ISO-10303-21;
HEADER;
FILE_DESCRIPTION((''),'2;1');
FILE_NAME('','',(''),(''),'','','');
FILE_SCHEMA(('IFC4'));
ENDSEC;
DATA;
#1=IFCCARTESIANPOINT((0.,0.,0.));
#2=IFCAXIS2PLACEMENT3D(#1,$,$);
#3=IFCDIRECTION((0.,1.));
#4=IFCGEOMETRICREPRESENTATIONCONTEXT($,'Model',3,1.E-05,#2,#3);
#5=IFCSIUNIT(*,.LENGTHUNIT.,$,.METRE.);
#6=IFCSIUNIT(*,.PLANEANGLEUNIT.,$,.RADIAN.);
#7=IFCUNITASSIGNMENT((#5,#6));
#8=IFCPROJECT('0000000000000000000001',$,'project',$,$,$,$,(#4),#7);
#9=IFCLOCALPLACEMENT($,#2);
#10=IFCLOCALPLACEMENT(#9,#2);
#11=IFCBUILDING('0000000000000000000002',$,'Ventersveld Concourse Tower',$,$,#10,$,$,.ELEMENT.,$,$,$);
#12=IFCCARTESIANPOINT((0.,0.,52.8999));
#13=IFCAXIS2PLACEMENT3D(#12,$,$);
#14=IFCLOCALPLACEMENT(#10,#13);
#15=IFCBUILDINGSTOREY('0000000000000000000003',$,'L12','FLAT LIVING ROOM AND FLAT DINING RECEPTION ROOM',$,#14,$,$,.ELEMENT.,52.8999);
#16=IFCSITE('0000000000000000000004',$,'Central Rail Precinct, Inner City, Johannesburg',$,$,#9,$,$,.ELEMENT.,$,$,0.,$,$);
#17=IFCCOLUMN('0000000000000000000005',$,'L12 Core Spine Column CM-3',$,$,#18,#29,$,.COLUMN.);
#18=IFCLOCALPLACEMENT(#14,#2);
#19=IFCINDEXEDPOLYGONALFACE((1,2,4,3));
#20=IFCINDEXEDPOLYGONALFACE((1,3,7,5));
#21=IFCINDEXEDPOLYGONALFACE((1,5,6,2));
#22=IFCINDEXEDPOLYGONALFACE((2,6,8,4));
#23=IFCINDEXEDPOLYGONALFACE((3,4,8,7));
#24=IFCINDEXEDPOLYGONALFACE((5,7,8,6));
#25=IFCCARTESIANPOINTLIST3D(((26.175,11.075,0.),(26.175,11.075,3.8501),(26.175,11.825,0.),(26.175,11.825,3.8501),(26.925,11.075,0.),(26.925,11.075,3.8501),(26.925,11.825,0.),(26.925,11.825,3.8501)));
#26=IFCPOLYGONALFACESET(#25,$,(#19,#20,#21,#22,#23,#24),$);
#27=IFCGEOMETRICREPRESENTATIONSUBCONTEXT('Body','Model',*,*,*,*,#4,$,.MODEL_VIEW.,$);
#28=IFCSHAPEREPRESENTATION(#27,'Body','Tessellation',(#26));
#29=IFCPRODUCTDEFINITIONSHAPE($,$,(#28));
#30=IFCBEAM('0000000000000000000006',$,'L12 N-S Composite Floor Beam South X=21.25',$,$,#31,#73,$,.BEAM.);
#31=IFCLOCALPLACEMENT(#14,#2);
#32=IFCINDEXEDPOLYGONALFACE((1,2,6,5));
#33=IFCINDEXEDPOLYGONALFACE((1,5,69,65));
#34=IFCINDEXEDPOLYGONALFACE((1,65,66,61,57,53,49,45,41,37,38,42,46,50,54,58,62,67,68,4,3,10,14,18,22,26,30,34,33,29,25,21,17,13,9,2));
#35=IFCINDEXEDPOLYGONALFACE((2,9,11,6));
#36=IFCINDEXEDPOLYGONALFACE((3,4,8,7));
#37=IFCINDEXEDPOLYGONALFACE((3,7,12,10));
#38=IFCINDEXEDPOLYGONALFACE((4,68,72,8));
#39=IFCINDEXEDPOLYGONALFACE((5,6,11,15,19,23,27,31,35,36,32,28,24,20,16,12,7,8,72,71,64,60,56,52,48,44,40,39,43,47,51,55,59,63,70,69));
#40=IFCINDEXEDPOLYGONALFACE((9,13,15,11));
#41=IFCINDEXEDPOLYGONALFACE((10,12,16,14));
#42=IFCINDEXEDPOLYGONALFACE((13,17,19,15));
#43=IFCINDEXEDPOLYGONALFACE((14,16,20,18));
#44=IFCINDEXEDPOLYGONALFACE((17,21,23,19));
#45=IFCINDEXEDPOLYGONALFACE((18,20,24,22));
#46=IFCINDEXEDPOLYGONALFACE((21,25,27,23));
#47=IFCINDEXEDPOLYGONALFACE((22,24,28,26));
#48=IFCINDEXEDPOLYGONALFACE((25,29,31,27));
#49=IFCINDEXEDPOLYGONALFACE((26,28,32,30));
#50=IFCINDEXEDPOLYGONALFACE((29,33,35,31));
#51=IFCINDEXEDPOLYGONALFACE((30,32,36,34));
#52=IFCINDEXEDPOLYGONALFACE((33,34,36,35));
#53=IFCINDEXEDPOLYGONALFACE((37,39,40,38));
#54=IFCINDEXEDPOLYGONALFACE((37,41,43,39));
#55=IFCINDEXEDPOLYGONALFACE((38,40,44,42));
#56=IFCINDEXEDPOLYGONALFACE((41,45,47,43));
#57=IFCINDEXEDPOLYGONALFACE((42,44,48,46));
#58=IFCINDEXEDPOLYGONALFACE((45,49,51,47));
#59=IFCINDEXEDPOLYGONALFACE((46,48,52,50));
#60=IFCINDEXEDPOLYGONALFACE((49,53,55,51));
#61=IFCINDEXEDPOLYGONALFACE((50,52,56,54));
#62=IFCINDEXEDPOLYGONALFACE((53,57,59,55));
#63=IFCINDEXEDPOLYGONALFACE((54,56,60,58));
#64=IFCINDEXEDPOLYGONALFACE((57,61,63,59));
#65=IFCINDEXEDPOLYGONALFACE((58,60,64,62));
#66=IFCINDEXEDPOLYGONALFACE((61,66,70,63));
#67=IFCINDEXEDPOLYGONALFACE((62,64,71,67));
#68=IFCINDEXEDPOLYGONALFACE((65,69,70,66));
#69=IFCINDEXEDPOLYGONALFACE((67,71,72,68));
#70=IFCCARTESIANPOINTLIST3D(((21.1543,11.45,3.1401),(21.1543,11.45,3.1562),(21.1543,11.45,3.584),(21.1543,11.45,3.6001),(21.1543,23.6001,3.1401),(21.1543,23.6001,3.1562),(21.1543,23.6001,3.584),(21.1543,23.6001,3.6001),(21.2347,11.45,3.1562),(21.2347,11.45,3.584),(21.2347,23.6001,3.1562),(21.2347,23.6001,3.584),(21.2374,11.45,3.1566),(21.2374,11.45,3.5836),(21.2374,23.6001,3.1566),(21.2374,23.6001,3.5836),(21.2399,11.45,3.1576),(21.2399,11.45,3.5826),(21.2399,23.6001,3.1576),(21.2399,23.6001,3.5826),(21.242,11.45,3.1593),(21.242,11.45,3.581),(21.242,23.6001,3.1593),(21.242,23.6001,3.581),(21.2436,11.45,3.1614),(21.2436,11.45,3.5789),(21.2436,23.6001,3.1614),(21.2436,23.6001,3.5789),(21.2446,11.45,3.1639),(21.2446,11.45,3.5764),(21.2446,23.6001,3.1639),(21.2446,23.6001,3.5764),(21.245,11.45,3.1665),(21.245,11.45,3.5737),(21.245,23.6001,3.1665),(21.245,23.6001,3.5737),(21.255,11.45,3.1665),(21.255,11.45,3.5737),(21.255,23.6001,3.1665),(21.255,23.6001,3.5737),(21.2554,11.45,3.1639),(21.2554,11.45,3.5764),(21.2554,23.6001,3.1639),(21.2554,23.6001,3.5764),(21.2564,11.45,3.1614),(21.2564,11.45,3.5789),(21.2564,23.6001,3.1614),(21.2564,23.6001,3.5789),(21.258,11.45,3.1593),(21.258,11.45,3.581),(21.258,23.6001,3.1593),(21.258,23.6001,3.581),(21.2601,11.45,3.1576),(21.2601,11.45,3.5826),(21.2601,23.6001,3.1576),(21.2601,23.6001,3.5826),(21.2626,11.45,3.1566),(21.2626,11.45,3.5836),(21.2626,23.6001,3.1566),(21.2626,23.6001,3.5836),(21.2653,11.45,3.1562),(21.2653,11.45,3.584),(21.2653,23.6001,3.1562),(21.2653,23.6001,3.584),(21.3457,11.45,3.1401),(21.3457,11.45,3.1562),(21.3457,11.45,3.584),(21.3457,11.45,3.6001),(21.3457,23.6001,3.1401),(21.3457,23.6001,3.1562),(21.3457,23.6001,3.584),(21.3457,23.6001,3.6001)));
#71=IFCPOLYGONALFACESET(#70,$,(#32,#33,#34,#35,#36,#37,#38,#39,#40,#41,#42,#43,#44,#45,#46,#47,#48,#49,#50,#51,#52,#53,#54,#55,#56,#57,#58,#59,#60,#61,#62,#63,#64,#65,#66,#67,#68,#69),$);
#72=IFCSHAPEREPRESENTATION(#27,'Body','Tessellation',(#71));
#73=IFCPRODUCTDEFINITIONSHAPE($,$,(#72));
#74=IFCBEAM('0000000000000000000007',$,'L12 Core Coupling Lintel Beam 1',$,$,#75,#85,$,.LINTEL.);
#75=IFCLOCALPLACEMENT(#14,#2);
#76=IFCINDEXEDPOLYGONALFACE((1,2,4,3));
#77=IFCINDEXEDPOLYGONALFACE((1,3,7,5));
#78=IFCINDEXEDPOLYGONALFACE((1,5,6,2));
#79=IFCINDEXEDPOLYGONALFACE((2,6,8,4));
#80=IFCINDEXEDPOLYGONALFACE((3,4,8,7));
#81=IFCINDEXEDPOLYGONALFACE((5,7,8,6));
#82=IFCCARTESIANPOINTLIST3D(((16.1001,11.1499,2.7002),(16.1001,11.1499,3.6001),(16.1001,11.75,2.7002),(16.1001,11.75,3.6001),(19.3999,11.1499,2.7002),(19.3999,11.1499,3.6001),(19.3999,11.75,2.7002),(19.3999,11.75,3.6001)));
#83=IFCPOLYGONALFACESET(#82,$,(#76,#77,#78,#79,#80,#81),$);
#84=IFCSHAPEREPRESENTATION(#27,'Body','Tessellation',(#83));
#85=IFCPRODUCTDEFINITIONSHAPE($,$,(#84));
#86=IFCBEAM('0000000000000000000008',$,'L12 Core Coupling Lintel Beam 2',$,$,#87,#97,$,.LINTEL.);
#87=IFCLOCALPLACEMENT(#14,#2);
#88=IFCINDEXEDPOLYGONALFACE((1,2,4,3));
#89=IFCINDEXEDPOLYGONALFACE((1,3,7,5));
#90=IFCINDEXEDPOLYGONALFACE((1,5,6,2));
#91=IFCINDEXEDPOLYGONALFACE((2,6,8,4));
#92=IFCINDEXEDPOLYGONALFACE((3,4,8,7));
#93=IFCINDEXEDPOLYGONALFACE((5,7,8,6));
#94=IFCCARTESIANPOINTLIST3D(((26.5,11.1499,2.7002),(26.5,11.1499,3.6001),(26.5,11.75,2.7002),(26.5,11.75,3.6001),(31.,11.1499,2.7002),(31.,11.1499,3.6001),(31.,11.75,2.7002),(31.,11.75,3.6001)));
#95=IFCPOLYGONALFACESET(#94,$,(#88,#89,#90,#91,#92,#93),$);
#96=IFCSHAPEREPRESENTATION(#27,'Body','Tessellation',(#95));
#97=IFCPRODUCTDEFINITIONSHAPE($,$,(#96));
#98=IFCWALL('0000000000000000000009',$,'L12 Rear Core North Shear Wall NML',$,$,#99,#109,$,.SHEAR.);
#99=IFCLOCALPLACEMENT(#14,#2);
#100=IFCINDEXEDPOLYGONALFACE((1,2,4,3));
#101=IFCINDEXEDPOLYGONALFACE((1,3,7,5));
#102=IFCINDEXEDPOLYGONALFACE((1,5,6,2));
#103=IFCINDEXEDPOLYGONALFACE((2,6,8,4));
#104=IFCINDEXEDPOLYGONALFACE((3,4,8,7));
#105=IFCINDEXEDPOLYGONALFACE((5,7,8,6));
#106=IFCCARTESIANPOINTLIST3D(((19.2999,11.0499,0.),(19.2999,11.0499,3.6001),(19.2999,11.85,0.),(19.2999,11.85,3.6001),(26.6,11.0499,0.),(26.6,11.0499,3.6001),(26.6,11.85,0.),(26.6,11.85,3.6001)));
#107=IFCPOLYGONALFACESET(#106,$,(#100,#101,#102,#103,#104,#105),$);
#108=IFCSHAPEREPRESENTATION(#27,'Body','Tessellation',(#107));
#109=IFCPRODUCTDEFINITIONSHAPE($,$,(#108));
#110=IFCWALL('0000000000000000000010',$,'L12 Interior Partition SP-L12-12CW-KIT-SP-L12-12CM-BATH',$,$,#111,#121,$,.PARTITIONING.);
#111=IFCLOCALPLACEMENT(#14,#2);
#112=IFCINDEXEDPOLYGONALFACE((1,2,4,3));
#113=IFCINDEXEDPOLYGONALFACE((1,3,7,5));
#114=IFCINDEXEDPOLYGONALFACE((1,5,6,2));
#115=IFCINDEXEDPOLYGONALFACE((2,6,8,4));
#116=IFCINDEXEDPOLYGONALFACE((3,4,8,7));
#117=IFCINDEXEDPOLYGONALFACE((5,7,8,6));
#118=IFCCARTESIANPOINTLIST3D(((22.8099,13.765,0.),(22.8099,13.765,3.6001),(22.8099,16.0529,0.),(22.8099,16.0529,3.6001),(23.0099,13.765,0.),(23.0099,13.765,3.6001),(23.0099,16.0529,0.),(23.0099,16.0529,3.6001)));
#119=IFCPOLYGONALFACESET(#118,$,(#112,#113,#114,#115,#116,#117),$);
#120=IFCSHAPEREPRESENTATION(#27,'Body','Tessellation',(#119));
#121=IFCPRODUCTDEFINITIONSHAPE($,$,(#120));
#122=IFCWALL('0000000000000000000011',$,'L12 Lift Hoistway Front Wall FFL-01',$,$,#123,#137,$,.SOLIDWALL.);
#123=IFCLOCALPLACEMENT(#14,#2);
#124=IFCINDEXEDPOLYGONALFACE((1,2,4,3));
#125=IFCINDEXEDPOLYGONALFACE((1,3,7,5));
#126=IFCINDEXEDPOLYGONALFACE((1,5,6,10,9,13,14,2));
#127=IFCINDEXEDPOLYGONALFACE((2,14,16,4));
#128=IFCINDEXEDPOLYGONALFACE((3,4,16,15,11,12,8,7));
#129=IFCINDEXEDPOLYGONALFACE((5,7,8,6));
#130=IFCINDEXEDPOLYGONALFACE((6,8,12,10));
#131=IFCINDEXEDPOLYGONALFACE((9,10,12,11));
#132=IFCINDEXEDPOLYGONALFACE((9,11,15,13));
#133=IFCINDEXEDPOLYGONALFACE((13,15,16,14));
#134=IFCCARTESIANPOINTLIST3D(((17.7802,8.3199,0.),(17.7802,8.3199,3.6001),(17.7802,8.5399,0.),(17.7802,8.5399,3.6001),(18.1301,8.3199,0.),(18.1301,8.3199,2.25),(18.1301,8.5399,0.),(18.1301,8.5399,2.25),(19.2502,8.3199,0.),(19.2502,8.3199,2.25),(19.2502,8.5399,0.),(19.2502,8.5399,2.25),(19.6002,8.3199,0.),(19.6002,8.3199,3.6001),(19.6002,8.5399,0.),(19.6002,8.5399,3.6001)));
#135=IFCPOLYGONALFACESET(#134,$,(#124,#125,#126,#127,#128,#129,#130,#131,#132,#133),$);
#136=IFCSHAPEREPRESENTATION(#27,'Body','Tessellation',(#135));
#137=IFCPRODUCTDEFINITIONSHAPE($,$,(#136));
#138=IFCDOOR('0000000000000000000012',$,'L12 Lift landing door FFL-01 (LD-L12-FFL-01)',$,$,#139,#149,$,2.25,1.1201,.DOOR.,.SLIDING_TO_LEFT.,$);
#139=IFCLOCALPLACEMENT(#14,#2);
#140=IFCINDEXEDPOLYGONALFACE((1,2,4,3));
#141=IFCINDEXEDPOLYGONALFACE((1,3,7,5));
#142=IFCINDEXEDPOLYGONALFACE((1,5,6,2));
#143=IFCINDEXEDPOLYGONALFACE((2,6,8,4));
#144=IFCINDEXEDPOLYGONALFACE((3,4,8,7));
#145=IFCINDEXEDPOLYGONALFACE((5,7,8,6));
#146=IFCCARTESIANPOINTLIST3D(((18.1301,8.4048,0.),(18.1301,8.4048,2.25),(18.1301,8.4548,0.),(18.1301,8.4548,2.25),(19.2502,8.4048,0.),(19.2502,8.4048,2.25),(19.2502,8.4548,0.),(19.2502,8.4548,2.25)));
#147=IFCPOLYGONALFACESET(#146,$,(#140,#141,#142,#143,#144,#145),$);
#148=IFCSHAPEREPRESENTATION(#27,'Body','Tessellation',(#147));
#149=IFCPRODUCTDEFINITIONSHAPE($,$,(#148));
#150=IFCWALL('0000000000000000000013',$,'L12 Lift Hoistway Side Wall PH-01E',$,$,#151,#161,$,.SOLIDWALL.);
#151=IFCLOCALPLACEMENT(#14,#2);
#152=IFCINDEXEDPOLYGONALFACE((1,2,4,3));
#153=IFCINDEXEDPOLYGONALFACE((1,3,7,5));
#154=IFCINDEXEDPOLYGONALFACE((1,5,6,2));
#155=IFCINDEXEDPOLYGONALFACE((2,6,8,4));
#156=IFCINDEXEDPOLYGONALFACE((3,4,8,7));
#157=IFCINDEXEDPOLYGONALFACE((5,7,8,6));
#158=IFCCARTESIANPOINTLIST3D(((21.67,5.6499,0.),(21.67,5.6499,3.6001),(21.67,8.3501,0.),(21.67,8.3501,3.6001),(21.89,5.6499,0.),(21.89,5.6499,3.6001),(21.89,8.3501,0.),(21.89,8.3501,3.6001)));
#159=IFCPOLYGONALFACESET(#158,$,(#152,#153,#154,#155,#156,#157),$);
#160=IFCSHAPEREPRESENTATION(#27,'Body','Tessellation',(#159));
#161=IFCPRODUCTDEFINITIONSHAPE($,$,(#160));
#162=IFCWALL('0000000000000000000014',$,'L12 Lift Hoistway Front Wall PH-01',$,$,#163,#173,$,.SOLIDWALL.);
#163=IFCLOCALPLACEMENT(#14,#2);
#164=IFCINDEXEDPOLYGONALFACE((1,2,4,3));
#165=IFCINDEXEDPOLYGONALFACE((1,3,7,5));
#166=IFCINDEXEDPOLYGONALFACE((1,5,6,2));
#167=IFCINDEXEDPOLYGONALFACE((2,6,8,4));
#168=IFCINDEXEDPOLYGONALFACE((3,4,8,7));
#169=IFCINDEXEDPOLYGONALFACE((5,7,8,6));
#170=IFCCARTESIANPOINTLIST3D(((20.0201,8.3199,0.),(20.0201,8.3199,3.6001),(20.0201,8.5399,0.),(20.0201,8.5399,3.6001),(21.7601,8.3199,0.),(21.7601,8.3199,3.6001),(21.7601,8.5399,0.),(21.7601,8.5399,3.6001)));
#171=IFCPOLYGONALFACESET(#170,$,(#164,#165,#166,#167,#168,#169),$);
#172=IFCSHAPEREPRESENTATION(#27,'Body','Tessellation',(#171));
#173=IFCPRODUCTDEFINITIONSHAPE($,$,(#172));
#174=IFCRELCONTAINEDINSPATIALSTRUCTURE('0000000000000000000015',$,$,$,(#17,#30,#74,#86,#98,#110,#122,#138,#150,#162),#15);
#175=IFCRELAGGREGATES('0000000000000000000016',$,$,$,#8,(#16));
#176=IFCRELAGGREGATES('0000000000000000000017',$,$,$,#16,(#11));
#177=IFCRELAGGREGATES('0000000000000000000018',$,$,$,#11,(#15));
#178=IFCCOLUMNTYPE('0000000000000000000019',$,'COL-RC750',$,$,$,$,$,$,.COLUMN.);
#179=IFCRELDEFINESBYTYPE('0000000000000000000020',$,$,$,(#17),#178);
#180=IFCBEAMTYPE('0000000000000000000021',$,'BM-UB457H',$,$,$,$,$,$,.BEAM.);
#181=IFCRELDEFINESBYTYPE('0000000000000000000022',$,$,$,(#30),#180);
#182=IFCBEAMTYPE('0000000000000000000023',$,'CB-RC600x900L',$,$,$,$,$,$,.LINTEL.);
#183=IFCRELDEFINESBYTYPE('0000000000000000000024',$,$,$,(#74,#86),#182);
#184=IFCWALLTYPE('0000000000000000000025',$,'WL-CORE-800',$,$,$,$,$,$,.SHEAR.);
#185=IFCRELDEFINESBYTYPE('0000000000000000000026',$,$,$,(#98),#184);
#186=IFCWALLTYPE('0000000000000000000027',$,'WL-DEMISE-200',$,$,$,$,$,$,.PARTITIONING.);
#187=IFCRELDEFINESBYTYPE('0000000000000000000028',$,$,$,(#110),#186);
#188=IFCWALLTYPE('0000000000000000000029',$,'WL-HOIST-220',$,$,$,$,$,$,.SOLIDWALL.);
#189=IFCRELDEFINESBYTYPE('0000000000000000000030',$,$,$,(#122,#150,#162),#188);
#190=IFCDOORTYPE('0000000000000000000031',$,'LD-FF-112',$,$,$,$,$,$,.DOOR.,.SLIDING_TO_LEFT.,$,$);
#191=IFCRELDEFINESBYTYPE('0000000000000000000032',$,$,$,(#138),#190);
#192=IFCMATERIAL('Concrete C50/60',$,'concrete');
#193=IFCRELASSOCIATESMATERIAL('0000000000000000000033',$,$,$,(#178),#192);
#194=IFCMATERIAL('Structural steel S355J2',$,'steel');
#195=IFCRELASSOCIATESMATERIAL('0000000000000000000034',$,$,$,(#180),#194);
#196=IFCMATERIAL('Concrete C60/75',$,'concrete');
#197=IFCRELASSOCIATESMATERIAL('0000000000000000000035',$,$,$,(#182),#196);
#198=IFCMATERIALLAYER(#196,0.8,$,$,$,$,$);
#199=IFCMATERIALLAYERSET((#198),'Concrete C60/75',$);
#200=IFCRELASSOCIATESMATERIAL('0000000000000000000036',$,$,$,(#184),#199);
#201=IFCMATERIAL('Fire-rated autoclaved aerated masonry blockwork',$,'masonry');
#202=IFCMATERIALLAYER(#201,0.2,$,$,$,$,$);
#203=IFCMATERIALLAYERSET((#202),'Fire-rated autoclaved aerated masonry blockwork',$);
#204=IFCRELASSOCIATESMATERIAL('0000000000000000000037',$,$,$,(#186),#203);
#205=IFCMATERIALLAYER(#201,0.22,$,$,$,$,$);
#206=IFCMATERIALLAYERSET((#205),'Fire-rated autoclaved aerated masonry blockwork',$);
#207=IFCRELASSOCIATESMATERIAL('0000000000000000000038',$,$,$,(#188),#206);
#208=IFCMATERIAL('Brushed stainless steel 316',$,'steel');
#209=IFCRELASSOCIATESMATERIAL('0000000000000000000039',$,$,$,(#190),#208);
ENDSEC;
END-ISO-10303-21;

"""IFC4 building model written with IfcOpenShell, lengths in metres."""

from ifc_helpers import new_model, si_unit, direction, frame, frame_2d, origin, origin_2d, place, context, subcontext, project, spatial, rectangle, i_section, extrude, material, layer, layer_set, material_profile, profile_set, type_object, element, fill, save


model = new_model("IFC4")

# Units and contexts
model_context = context("Model", 3, precision=1e-05, world=origin(), true_north=direction((0.0, 1.0)))
body_context = subcontext(model_context, "Body", "Model", "MODEL_VIEW")
ifc_project = project(units=[si_unit("LENGTHUNIT", "METRE"), si_unit("PLANEANGLEUNIT", "RADIAN")], contexts=[model_context])

# Site, building, storey
site_placement = place(None, origin())
site = spatial("IfcSite", under=ifc_project, at=site_placement, Name="Central Rail Precinct, Inner City, Johannesburg", CompositionType="ELEMENT", RefElevation=0.0)
building_placement = place(site_placement, origin())
building = spatial("IfcBuilding", under=site, at=building_placement, Name="Ventersveld Concourse Tower", CompositionType="ELEMENT")
storey_placement = place(building_placement, frame((0.0, 0.0, 52.8999)))
storey = spatial("IfcBuildingStorey", under=building, at=storey_placement, Name="L12", Description="FLAT LIVING ROOM AND FLAT DINING RECEPTION ROOM", CompositionType="ELEMENT", Elevation=52.8999)

# Column
ifc_material_1 = material(Name="Concrete C50/60", Category="concrete")
ifc_material_profile_1 = material_profile(ifc_material_1, rectangle(XDim=0.75, YDim=0.75, at=origin_2d()), Name="RC 750x750")
ifc_profile_set_1 = profile_set([ifc_material_profile_1], Name="Concrete C50/60")
column_type = type_object("IfcColumnType", Name="COL-RC750", PredefinedType="COLUMN", material=ifc_profile_set_1)
column_placement = place(storey_placement, frame((26.55, 11.45, 0.0), z_axis=(0.0, 0.0, 1.0), x_axis=(1.0, 0.0, 0.0)))
element("IfcColumn", 1, at=column_placement, inside=storey, type_object=column_type, Name="L12 Core Spine Column CM-3", PredefinedType="COLUMN", context=body_context, shape_type="SweptSolid", body=[
    extrude(rectangle(XDim=0.75, YDim=0.75, at=origin_2d()), origin(), (0.0, 0.0, 1.0), 3.8501),
])

# Beams
ifc_material_2 = material(Name="Structural steel S355J2", Category="steel")
ifc_material_profile_2 = material_profile(ifc_material_2, i_section(OverallWidth=0.1914, OverallDepth=0.46, WebThickness=0.01, FlangeThickness=0.0161, FilletRadius=0.0103, at=origin_2d()), Name="UB 457x191x82")
ifc_profile_set_2 = profile_set([ifc_material_profile_2], Name="Structural steel S355J2")
beam_type_1 = type_object("IfcBeamType", Name="BM-UB457H", PredefinedType="BEAM", material=ifc_profile_set_2)
beam_1_placement = place(storey_placement, frame((21.25, 11.45, 3.3701), z_axis=(0.0, 1.0, 0.0), x_axis=(-1.0, 0.0, 0.0)))
element("IfcBeam", 2, at=beam_1_placement, inside=storey, type_object=beam_type_1, Name="L12 N-S Composite Floor Beam South X=21.25", PredefinedType="BEAM", context=body_context, shape_type="SweptSolid", body=[
    extrude(i_section(OverallWidth=0.1914, OverallDepth=0.46, WebThickness=0.01, FlangeThickness=0.0161, FilletRadius=0.0103, at=origin_2d()), origin(), (0.0, 0.0, 1.0), 12.1501),
])
ifc_material_3 = material(Name="Concrete C60/75", Category="concrete")
ifc_material_profile_3 = material_profile(ifc_material_3, rectangle(XDim=0.6001, YDim=0.8999, at=origin_2d()), Name="RC 600x900")
ifc_profile_set_3 = profile_set([ifc_material_profile_3], Name="Concrete C60/75")
beam_type_2 = type_object("IfcBeamType", Name="CB-RC600x900L", PredefinedType="LINTEL", material=ifc_profile_set_3)
beam_2_placement = place(storey_placement, frame((16.1001, 11.45, 3.1501), z_axis=(1.0, 0.0, 0.0), x_axis=(0.0, 1.0, 0.0)))
element("IfcBeam", 3, at=beam_2_placement, inside=storey, type_object=beam_type_2, Name="L12 Core Coupling Lintel Beam 1", PredefinedType="LINTEL", context=body_context, shape_type="SweptSolid", body=[
    extrude(rectangle(XDim=0.6001, YDim=0.8999, at=origin_2d()), origin(), (0.0, 0.0, 1.0), 3.2998),
])
beam_3_placement = place(storey_placement, frame((26.5, 11.45, 3.1501), z_axis=(1.0, 0.0, 0.0), x_axis=(0.0, 1.0, 0.0)))
element("IfcBeam", 4, at=beam_3_placement, inside=storey, type_object=beam_type_2, Name="L12 Core Coupling Lintel Beam 2", PredefinedType="LINTEL", context=body_context, shape_type="SweptSolid", body=[
    extrude(rectangle(XDim=0.6001, YDim=0.8999, at=origin_2d()), origin(), (0.0, 0.0, 1.0), 4.5),
])

# Walls
ifc_layer_1 = layer(ifc_material_3, 0.8)
ifc_layer_set_1 = layer_set([ifc_layer_1], Name="Concrete C60/75")
wall_type_1 = type_object("IfcWallType", Name="WL-CORE-800", PredefinedType="SHEAR", material=ifc_layer_set_1)
wall_1_placement = place(storey_placement, frame((19.3, 11.45, 0.0), z_axis=(0.0, 0.0, 1.0), x_axis=(1.0, 0.0, 0.0)))
element("IfcWall", 5, at=wall_1_placement, inside=storey, type_object=wall_type_1, Name="L12 Rear Core North Shear Wall NML", PredefinedType="SHEAR", context=body_context, shape_type="SweptSolid", body=[
    extrude(rectangle(XDim=7.3, YDim=0.8, at=frame_2d((3.6499, 0.0))), origin(), (0.0, 0.0, 1.0), 3.6001),
])
ifc_material_4 = material(Name="Fire-rated autoclaved aerated masonry blockwork", Category="masonry")
ifc_layer_2 = layer(ifc_material_4, 0.2)
ifc_layer_set_2 = layer_set([ifc_layer_2], Name="Fire-rated autoclaved aerated masonry blockwork")
wall_type_2 = type_object("IfcWallType", Name="WL-DEMISE-200", PredefinedType="PARTITIONING", material=ifc_layer_set_2)
wall_2_placement = place(storey_placement, frame((22.9099, 13.7649, 0.0), z_axis=(0.0, 0.0, 1.0), x_axis=(0.0, 1.0, 0.0)))
element("IfcWall", 6, at=wall_2_placement, inside=storey, type_object=wall_type_2, Name="L12 Interior Partition SP-L12-12CW-KIT-SP-L12-12CM-BATH", PredefinedType="PARTITIONING", context=body_context, shape_type="SweptSolid", body=[
    extrude(rectangle(XDim=2.2878, YDim=0.2, at=frame_2d((1.144, 0.0))), origin(), (0.0, 0.0, 1.0), 3.6001),
])

# Wall, opening, door
ifc_layer_3 = layer(ifc_material_4, 0.22)
ifc_layer_set_3 = layer_set([ifc_layer_3], Name="Fire-rated autoclaved aerated masonry blockwork")
wall_type_3 = type_object("IfcWallType", Name="WL-HOIST-220", PredefinedType="SOLIDWALL", material=ifc_layer_set_3)
wall_3_placement = place(storey_placement, frame((17.78, 8.4299, 0.0), z_axis=(0.0, 0.0, 1.0), x_axis=(1.0, 0.0, 0.0)))
wall_3 = element("IfcWall", 7, at=wall_3_placement, inside=storey, type_object=wall_type_3, Name="L12 Lift Hoistway Front Wall FFL-01", PredefinedType="SOLIDWALL", context=body_context, shape_type="SweptSolid", body=[
    extrude(rectangle(XDim=1.8201, YDim=0.22, at=frame_2d((0.9102, 0.0))), origin(), (0.0, 0.0, 1.0), 3.6001),
])
opening_1_placement = place(wall_3_placement, frame((0.3501, 0.0, 0.0)))
opening_1 = element("IfcOpeningElement", 8, at=opening_1_placement, cuts=wall_3, PredefinedType="OPENING", context=body_context, shape_type="SweptSolid", body=[
    extrude(rectangle(XDim=1.1201, YDim=2.25, at=frame_2d((0.5601, 1.125))), frame((0.0, 0.1201, 0.0), z_axis=(0.0, -1.0, 0.0), x_axis=(1.0, 0.0, 0.0)), (0.0, 0.0, 1.0), 0.24),
])
ifc_material_5 = material(Name="Brushed stainless steel 316", Category="steel")
door_type_1 = type_object("IfcDoorType", Name="LD-FF-112", OperationType="SLIDING_TO_LEFT", PredefinedType="DOOR", material=ifc_material_5)
door_1_placement = place(opening_1_placement, origin())
door_1 = element("IfcDoor", 9, at=door_1_placement, inside=storey, type_object=door_type_1, Name="L12 Lift landing door FFL-01 (LD-L12-FFL-01)", OperationType="SLIDING_TO_LEFT", OverallHeight=2.25, OverallWidth=1.1201, PredefinedType="DOOR", context=body_context, shape_type="SweptSolid", body=[
    extrude(rectangle(XDim=1.1201, YDim=2.25, at=frame_2d((0.5601, 1.125))), frame((0.0, 0.0249, 0.0), z_axis=(0.0, -1.0, 0.0), x_axis=(1.0, 0.0, 0.0)), (0.0, 0.0, 1.0), 0.05),
])
fill(opening_1, door_1)

# Walls
wall_4_placement = place(storey_placement, frame((21.78, 5.6499, 0.0), z_axis=(0.0, 0.0, 1.0), x_axis=(0.0, 1.0, 0.0)))
element("IfcWall", 10, at=wall_4_placement, inside=storey, type_object=wall_type_3, Name="L12 Lift Hoistway Side Wall PH-01E", PredefinedType="SOLIDWALL", context=body_context, shape_type="SweptSolid", body=[
    extrude(rectangle(XDim=2.7002, YDim=0.22, at=frame_2d((1.3501, 0.0))), origin(), (0.0, 0.0, 1.0), 3.6001),
])
wall_5_placement = place(storey_placement, frame((20.02, 8.4299, 0.0), z_axis=(0.0, 0.0, 1.0), x_axis=(1.0, 0.0, 0.0)))
element("IfcWall", 11, at=wall_5_placement, inside=storey, type_object=wall_type_3, Name="L12 Lift Hoistway Front Wall PH-01", PredefinedType="SOLIDWALL", context=body_context, shape_type="SweptSolid", body=[
    extrude(rectangle(XDim=1.74, YDim=0.22, at=frame_2d((0.8701, 0.0))), origin(), (0.0, 0.0, 1.0), 3.6001),
])

save(model, "model.ifc")
